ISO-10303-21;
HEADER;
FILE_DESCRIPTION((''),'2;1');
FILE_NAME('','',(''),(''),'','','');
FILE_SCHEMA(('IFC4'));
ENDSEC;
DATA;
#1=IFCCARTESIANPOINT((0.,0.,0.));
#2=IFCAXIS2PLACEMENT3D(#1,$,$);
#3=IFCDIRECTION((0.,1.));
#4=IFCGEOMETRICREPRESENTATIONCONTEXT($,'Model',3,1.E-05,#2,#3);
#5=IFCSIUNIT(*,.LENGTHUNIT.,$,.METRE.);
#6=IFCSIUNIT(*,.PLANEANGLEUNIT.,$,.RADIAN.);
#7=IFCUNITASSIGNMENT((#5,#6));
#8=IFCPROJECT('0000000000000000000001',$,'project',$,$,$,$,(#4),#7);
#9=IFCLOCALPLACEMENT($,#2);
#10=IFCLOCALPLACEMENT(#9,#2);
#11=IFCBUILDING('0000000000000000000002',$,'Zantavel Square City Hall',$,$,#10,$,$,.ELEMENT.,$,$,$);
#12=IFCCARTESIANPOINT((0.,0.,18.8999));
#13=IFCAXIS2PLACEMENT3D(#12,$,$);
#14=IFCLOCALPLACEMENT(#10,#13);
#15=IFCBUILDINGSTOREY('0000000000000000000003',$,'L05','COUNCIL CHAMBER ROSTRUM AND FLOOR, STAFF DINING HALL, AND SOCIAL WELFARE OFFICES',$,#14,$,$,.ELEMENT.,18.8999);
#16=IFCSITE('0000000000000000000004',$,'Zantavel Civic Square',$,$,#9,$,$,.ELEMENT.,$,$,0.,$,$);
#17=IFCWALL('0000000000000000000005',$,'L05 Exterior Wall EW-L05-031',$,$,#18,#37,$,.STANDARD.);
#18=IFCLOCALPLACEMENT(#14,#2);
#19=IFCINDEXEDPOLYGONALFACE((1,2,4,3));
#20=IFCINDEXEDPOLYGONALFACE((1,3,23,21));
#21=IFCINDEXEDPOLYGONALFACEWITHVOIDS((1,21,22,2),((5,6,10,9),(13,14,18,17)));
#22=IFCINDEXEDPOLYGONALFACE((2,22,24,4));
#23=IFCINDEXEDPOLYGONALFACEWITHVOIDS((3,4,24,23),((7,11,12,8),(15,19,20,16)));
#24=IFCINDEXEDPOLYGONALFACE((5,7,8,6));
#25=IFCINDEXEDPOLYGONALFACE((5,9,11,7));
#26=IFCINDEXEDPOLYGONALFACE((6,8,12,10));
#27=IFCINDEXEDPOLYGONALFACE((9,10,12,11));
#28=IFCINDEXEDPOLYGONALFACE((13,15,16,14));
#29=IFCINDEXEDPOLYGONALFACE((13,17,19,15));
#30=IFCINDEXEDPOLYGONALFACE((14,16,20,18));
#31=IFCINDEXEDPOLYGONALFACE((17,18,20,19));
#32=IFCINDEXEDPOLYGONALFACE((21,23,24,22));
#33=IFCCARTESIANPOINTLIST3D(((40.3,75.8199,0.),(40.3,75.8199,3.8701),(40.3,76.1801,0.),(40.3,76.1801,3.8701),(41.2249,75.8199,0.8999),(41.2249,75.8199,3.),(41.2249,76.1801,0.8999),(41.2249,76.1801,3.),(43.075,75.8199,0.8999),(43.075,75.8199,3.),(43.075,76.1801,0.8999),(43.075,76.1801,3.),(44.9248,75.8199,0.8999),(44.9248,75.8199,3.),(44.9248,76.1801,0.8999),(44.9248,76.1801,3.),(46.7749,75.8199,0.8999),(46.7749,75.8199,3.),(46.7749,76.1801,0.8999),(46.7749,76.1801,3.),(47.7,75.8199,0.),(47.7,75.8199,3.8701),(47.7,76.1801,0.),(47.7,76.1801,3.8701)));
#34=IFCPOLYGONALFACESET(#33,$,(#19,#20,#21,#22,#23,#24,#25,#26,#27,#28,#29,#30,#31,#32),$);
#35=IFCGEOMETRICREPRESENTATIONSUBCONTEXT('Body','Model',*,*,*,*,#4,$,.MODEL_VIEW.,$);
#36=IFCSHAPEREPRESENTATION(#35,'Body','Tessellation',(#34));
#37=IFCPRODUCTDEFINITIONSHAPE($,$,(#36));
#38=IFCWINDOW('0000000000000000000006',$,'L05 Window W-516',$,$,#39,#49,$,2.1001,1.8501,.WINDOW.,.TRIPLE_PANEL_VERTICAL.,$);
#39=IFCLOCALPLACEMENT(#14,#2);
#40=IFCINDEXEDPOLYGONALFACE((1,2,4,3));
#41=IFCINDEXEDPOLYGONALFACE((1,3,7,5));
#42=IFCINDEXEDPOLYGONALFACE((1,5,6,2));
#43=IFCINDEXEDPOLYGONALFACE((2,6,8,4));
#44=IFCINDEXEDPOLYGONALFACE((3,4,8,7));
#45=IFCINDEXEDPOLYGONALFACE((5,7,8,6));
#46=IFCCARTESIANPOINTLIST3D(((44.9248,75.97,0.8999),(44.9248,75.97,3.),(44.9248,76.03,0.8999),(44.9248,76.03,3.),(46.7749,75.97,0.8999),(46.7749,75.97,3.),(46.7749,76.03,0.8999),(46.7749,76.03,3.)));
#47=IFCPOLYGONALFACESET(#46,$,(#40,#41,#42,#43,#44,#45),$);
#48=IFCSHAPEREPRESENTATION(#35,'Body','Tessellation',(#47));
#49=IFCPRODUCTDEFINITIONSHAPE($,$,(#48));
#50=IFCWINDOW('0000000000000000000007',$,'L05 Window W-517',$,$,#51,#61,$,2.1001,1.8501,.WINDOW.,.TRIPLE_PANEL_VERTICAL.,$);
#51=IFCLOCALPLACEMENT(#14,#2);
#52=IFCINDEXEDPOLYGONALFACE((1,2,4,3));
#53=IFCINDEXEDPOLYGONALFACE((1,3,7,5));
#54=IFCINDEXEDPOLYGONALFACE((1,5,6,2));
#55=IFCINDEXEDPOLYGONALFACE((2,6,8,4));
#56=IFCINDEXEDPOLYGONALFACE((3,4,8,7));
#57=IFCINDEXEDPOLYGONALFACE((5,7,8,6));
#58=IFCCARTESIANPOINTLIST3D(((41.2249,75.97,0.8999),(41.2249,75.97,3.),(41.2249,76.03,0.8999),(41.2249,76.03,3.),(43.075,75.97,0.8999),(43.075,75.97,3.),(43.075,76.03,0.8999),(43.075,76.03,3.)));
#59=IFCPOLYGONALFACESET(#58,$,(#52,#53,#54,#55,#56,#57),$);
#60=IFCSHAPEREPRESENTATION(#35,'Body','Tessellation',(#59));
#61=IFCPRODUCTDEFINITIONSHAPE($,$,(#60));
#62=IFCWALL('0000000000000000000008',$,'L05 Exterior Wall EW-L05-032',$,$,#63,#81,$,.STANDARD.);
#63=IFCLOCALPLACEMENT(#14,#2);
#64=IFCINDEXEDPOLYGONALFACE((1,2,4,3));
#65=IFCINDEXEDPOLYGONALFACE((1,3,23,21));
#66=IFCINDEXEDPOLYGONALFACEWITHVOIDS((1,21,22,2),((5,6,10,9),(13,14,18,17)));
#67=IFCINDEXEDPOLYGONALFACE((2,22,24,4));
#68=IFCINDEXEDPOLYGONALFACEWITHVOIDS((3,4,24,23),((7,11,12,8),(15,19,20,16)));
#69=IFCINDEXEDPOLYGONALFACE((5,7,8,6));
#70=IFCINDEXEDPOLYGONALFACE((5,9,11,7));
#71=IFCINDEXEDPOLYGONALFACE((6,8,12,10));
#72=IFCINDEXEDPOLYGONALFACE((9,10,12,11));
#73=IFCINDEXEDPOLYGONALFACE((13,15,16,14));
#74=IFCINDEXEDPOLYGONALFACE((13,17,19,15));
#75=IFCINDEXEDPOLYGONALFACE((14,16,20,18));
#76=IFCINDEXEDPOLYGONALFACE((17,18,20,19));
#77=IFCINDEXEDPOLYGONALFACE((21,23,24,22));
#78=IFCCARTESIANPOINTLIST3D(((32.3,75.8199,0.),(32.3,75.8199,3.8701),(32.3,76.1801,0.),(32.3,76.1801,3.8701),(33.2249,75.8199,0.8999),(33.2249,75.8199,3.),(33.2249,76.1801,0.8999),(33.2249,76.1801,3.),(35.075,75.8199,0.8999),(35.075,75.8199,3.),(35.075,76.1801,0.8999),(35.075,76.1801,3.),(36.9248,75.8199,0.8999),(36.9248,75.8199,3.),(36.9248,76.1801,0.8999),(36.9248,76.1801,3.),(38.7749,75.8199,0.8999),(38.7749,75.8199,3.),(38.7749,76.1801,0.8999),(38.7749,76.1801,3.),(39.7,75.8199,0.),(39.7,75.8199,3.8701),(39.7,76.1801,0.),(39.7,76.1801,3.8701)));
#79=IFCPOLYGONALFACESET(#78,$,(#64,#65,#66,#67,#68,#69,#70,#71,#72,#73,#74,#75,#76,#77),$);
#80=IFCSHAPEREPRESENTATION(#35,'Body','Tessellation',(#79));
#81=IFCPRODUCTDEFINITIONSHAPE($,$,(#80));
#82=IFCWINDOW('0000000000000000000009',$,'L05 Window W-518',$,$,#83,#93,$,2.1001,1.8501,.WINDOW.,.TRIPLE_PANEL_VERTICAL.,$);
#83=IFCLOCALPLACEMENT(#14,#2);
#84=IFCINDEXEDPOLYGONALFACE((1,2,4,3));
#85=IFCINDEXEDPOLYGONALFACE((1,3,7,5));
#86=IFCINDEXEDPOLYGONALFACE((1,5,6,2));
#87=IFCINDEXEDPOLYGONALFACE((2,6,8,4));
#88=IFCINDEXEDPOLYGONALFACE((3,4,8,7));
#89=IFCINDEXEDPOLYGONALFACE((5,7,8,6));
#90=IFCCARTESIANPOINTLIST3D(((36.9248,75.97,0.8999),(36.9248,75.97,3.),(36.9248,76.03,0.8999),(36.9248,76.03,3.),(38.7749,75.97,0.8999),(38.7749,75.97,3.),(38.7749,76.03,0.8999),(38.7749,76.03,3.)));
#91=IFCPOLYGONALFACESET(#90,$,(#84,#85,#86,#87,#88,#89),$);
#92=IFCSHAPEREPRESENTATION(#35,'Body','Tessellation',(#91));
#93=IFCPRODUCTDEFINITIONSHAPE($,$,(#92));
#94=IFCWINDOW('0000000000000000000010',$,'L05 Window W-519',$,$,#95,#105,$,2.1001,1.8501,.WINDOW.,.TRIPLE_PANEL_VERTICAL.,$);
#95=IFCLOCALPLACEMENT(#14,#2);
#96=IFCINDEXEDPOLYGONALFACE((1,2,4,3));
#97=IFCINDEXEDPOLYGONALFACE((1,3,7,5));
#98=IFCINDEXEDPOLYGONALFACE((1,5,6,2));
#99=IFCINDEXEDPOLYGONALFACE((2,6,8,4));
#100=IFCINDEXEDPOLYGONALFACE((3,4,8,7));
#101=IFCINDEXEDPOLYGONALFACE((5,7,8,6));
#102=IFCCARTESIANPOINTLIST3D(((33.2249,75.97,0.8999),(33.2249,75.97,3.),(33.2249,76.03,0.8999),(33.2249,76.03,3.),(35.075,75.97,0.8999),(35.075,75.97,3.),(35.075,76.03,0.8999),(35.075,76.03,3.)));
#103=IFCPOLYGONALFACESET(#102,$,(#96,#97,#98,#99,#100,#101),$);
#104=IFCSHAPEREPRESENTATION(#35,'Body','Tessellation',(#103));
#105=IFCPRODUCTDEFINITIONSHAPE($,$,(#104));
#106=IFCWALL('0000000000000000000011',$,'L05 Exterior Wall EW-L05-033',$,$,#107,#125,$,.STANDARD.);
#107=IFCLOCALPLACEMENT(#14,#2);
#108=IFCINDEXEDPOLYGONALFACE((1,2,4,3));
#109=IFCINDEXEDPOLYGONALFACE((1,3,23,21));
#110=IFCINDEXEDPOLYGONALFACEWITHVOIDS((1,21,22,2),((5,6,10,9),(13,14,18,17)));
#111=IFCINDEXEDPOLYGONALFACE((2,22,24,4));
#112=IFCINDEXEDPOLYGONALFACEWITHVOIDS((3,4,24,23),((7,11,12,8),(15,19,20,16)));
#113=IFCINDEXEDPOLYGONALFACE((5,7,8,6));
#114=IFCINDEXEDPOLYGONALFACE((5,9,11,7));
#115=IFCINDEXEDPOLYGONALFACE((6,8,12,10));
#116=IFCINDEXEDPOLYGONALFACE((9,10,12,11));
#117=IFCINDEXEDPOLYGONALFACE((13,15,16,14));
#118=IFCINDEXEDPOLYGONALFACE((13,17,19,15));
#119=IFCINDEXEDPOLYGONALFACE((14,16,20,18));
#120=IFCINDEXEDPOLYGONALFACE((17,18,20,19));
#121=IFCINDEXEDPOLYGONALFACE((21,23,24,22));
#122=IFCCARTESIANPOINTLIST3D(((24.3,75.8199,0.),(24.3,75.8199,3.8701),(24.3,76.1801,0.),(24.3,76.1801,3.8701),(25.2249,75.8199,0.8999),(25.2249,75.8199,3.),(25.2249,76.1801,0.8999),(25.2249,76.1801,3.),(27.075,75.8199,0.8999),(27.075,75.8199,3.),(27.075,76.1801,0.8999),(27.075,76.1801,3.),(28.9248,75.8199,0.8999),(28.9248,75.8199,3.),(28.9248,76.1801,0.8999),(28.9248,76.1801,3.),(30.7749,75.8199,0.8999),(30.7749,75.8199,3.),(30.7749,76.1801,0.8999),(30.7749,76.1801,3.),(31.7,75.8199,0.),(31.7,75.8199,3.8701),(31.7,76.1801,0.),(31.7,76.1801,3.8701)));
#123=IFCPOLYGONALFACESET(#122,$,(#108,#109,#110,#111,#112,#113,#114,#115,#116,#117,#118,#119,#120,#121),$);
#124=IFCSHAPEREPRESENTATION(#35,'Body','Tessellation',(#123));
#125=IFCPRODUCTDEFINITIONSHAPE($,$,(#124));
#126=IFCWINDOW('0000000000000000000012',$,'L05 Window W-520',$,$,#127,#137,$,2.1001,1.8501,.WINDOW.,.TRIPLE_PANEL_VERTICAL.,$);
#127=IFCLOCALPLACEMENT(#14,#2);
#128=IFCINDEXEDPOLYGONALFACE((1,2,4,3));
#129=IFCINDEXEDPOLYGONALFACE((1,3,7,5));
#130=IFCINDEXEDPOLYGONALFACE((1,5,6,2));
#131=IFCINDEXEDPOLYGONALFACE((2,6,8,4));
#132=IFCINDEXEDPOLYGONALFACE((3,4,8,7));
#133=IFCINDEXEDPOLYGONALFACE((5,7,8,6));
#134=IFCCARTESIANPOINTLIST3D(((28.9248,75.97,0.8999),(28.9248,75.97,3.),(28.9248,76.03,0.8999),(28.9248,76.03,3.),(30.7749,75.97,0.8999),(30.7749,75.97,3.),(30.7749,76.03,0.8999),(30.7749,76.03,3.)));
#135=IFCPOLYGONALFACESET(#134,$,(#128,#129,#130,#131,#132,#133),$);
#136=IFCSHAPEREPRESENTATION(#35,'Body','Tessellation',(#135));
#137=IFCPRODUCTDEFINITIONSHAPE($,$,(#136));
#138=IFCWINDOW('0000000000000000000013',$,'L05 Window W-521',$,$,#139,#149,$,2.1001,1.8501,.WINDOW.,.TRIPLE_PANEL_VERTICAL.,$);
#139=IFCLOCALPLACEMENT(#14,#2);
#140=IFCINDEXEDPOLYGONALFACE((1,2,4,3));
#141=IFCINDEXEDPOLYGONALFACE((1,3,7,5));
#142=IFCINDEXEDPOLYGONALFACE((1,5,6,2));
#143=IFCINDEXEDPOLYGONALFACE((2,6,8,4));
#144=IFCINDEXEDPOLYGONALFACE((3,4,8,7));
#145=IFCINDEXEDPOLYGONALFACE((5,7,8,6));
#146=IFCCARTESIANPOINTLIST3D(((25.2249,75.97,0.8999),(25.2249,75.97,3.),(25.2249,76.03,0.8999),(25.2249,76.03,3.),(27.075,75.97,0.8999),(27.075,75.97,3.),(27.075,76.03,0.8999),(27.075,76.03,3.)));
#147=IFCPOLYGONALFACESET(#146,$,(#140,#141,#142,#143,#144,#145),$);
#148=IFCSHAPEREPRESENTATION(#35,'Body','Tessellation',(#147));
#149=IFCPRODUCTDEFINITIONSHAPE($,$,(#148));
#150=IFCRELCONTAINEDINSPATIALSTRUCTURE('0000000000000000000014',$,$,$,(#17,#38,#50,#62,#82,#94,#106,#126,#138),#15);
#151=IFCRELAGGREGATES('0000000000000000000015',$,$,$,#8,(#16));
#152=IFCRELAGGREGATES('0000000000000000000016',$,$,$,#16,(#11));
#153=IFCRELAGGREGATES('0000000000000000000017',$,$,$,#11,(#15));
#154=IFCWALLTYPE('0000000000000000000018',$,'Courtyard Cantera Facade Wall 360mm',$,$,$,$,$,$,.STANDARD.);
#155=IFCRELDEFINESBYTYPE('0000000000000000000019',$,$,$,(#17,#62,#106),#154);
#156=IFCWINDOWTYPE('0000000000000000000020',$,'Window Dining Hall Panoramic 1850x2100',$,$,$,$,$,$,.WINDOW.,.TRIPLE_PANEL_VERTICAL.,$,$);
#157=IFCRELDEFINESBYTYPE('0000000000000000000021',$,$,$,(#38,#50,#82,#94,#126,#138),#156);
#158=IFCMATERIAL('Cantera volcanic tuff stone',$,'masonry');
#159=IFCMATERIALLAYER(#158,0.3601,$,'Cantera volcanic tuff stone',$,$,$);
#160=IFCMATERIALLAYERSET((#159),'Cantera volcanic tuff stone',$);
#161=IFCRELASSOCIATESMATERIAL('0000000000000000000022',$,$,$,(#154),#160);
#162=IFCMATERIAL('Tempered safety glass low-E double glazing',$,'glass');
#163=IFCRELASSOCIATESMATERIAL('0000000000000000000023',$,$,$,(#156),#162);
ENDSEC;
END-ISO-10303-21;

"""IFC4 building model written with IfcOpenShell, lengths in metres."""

from ifc_helpers import new_model, si_unit, direction, frame, frame_2d, origin, place, context, subcontext, project, spatial, rectangle, extrude, material, layer, layer_set, type_object, element, fill, save


model = new_model("IFC4")

# Units and contexts
model_context = context("Model", 3, precision=1e-05, world=origin(), true_north=direction((0.0, 1.0)))
body_context = subcontext(model_context, "Body", "Model", "MODEL_VIEW")
ifc_project = project(units=[si_unit("LENGTHUNIT", "METRE"), si_unit("PLANEANGLEUNIT", "RADIAN")], contexts=[model_context])

# Site, building, storey
site_placement = place(None, origin())
site = spatial("IfcSite", under=ifc_project, at=site_placement, Name="Zantavel Civic Square", CompositionType="ELEMENT", RefElevation=0.0)
building_placement = place(site_placement, origin())
building = spatial("IfcBuilding", under=site, at=building_placement, Name="Zantavel Square City Hall", CompositionType="ELEMENT")
storey_placement = place(building_placement, frame((0.0, 0.0, 18.8999)))
storey = spatial("IfcBuildingStorey", under=building, at=storey_placement, Name="L05", Description="COUNCIL CHAMBER ROSTRUM AND FLOOR, STAFF DINING HALL, AND SOCIAL WELFARE OFFICES", CompositionType="ELEMENT", Elevation=18.8999)

# Walls, openings, windows
ifc_material_1 = material(Name="Cantera volcanic tuff stone", Category="masonry")
ifc_layer = layer(ifc_material_1, 0.3601, Name="Cantera volcanic tuff stone")
ifc_layer_set = layer_set([ifc_layer], Name="Cantera volcanic tuff stone")
wall_type = type_object("IfcWallType", Name="Courtyard Cantera Facade Wall 360mm", PredefinedType="STANDARD", material=ifc_layer_set)
wall_1_placement = place(storey_placement, frame((47.7, 76.0, 0.0), z_axis=(0.0, 0.0, 1.0), x_axis=(-1.0, 0.0, 0.0)))
wall_1 = element("IfcWall", 1, at=wall_1_placement, inside=storey, type_object=wall_type, Name="L05 Exterior Wall EW-L05-031", PredefinedType="STANDARD", context=body_context, shape_type="SweptSolid", body=[
    extrude(rectangle(XDim=7.3999, YDim=0.3601, at=frame_2d((3.7, 0.0))), origin(), (0.0, 0.0, 1.0), 3.8701),
])
opening_1_placement = place(wall_1_placement, frame((0.925, 0.0, 0.8999)))
opening_1 = element("IfcOpeningElement", 2, at=opening_1_placement, cuts=wall_1, PredefinedType="OPENING", context=body_context, shape_type="SweptSolid", body=[
    extrude(rectangle(XDim=1.8501, YDim=2.1001, at=frame_2d((0.925, 1.05))), frame((0.0, 0.1899, 0.0), z_axis=(0.0, -1.0, 0.0), x_axis=(1.0, 0.0, 0.0)), (0.0, 0.0, 1.0), 0.3801),
])
opening_2_placement = place(wall_1_placement, frame((4.625, 0.0, 0.8999)))
opening_2 = element("IfcOpeningElement", 3, at=opening_2_placement, cuts=wall_1, PredefinedType="OPENING", context=body_context, shape_type="SweptSolid", body=[
    extrude(rectangle(XDim=1.8501, YDim=2.1001, at=frame_2d((0.925, 1.05))), frame((0.0, 0.1899, 0.0), z_axis=(0.0, -1.0, 0.0), x_axis=(1.0, 0.0, 0.0)), (0.0, 0.0, 1.0), 0.3801),
])
ifc_material_2 = material(Name="Tempered safety glass low-E double glazing", Category="glass")
window_type_1 = type_object("IfcWindowType", Name="Window Dining Hall Panoramic 1850x2100", PartitioningType="TRIPLE_PANEL_VERTICAL", PredefinedType="WINDOW", material=ifc_material_2)
window_1_placement = place(opening_1_placement, origin())
window_1 = element("IfcWindow", 4, at=window_1_placement, inside=storey, type_object=window_type_1, Name="L05 Window W-516", OverallHeight=2.1001, OverallWidth=1.8501, PartitioningType="TRIPLE_PANEL_VERTICAL", PredefinedType="WINDOW", context=body_context, shape_type="SweptSolid", body=[
    extrude(rectangle(XDim=1.8501, YDim=2.1001, at=frame_2d((0.925, 1.05))), frame((0.0, 0.03, 0.0), z_axis=(0.0, -1.0, 0.0), x_axis=(1.0, 0.0, 0.0)), (0.0, 0.0, 1.0), 0.0601),
])
fill(opening_1, window_1)
window_2_placement = place(opening_2_placement, origin())
window_2 = element("IfcWindow", 5, at=window_2_placement, inside=storey, type_object=window_type_1, Name="L05 Window W-517", OverallHeight=2.1001, OverallWidth=1.8501, PartitioningType="TRIPLE_PANEL_VERTICAL", PredefinedType="WINDOW", context=body_context, shape_type="SweptSolid", body=[
    extrude(rectangle(XDim=1.8501, YDim=2.1001, at=frame_2d((0.925, 1.05))), frame((0.0, 0.03, 0.0), z_axis=(0.0, -1.0, 0.0), x_axis=(1.0, 0.0, 0.0)), (0.0, 0.0, 1.0), 0.0601),
])
fill(opening_2, window_2)
wall_2_placement = place(storey_placement, frame((39.7, 76.0, 0.0), z_axis=(0.0, 0.0, 1.0), x_axis=(-1.0, 0.0, 0.0)))
wall_2 = element("IfcWall", 6, at=wall_2_placement, inside=storey, type_object=wall_type, Name="L05 Exterior Wall EW-L05-032", PredefinedType="STANDARD", context=body_context, shape_type="SweptSolid", body=[
    extrude(rectangle(XDim=7.3999, YDim=0.3601, at=frame_2d((3.7, 0.0))), origin(), (0.0, 0.0, 1.0), 3.8701),
])
opening_3_placement = place(wall_2_placement, frame((0.925, 0.0, 0.8999)))
opening_3 = element("IfcOpeningElement", 7, at=opening_3_placement, cuts=wall_2, PredefinedType="OPENING", context=body_context, shape_type="SweptSolid", body=[
    extrude(rectangle(XDim=1.8501, YDim=2.1001, at=frame_2d((0.925, 1.05))), frame((0.0, 0.1899, 0.0), z_axis=(0.0, -1.0, 0.0), x_axis=(1.0, 0.0, 0.0)), (0.0, 0.0, 1.0), 0.3801),
])
opening_4_placement = place(wall_2_placement, frame((4.625, 0.0, 0.8999)))
opening_4 = element("IfcOpeningElement", 8, at=opening_4_placement, cuts=wall_2, PredefinedType="OPENING", context=body_context, shape_type="SweptSolid", body=[
    extrude(rectangle(XDim=1.8501, YDim=2.1001, at=frame_2d((0.925, 1.05))), frame((0.0, 0.1899, 0.0), z_axis=(0.0, -1.0, 0.0), x_axis=(1.0, 0.0, 0.0)), (0.0, 0.0, 1.0), 0.3801),
])
window_3_placement = place(opening_3_placement, origin())
window_3 = element("IfcWindow", 9, at=window_3_placement, inside=storey, type_object=window_type_1, Name="L05 Window W-518", OverallHeight=2.1001, OverallWidth=1.8501, PartitioningType="TRIPLE_PANEL_VERTICAL", PredefinedType="WINDOW", context=body_context, shape_type="SweptSolid", body=[
    extrude(rectangle(XDim=1.8501, YDim=2.1001, at=frame_2d((0.925, 1.05))), frame((0.0, 0.03, 0.0), z_axis=(0.0, -1.0, 0.0), x_axis=(1.0, 0.0, 0.0)), (0.0, 0.0, 1.0), 0.0601),
])
fill(opening_3, window_3)
window_4_placement = place(opening_4_placement, origin())
window_4 = element("IfcWindow", 10, at=window_4_placement, inside=storey, type_object=window_type_1, Name="L05 Window W-519", OverallHeight=2.1001, OverallWidth=1.8501, PartitioningType="TRIPLE_PANEL_VERTICAL", PredefinedType="WINDOW", context=body_context, shape_type="SweptSolid", body=[
    extrude(rectangle(XDim=1.8501, YDim=2.1001, at=frame_2d((0.925, 1.05))), frame((0.0, 0.03, 0.0), z_axis=(0.0, -1.0, 0.0), x_axis=(1.0, 0.0, 0.0)), (0.0, 0.0, 1.0), 0.0601),
])
fill(opening_4, window_4)
wall_3_placement = place(storey_placement, frame((31.7, 76.0, 0.0), z_axis=(0.0, 0.0, 1.0), x_axis=(-1.0, 0.0, 0.0)))
wall_3 = element("IfcWall", 11, at=wall_3_placement, inside=storey, type_object=wall_type, Name="L05 Exterior Wall EW-L05-033", PredefinedType="STANDARD", context=body_context, shape_type="SweptSolid", body=[
    extrude(rectangle(XDim=7.3999, YDim=0.3601, at=frame_2d((3.7, 0.0))), origin(), (0.0, 0.0, 1.0), 3.8701),
])
opening_5_placement = place(wall_3_placement, frame((0.925, 0.0, 0.8999)))
opening_5 = element("IfcOpeningElement", 12, at=opening_5_placement, cuts=wall_3, PredefinedType="OPENING", context=body_context, shape_type="SweptSolid", body=[
    extrude(rectangle(XDim=1.8501, YDim=2.1001, at=frame_2d((0.925, 1.05))), frame((0.0, 0.1899, 0.0), z_axis=(0.0, -1.0, 0.0), x_axis=(1.0, 0.0, 0.0)), (0.0, 0.0, 1.0), 0.3801),
])
opening_6_placement = place(wall_3_placement, frame((4.625, 0.0, 0.8999)))
opening_6 = element("IfcOpeningElement", 13, at=opening_6_placement, cuts=wall_3, PredefinedType="OPENING", context=body_context, shape_type="SweptSolid", body=[
    extrude(rectangle(XDim=1.8501, YDim=2.1001, at=frame_2d((0.925, 1.05))), frame((0.0, 0.1899, 0.0), z_axis=(0.0, -1.0, 0.0), x_axis=(1.0, 0.0, 0.0)), (0.0, 0.0, 1.0), 0.3801),
])
window_5_placement = place(opening_5_placement, origin())
window_5 = element("IfcWindow", 14, at=window_5_placement, inside=storey, type_object=window_type_1, Name="L05 Window W-520", OverallHeight=2.1001, OverallWidth=1.8501, PartitioningType="TRIPLE_PANEL_VERTICAL", PredefinedType="WINDOW", context=body_context, shape_type="SweptSolid", body=[
    extrude(rectangle(XDim=1.8501, YDim=2.1001, at=frame_2d((0.925, 1.05))), frame((0.0, 0.03, 0.0), z_axis=(0.0, -1.0, 0.0), x_axis=(1.0, 0.0, 0.0)), (0.0, 0.0, 1.0), 0.0601),
])
fill(opening_5, window_5)
window_6_placement = place(opening_6_placement, origin())
window_6 = element("IfcWindow", 15, at=window_6_placement, inside=storey, type_object=window_type_1, Name="L05 Window W-521", OverallHeight=2.1001, OverallWidth=1.8501, PartitioningType="TRIPLE_PANEL_VERTICAL", PredefinedType="WINDOW", context=body_context, shape_type="SweptSolid", body=[
    extrude(rectangle(XDim=1.8501, YDim=2.1001, at=frame_2d((0.925, 1.05))), frame((0.0, 0.03, 0.0), z_axis=(0.0, -1.0, 0.0), x_axis=(1.0, 0.0, 0.0)), (0.0, 0.0, 1.0), 0.0601),
])
fill(opening_6, window_6)

save(model, "model.ifc")
